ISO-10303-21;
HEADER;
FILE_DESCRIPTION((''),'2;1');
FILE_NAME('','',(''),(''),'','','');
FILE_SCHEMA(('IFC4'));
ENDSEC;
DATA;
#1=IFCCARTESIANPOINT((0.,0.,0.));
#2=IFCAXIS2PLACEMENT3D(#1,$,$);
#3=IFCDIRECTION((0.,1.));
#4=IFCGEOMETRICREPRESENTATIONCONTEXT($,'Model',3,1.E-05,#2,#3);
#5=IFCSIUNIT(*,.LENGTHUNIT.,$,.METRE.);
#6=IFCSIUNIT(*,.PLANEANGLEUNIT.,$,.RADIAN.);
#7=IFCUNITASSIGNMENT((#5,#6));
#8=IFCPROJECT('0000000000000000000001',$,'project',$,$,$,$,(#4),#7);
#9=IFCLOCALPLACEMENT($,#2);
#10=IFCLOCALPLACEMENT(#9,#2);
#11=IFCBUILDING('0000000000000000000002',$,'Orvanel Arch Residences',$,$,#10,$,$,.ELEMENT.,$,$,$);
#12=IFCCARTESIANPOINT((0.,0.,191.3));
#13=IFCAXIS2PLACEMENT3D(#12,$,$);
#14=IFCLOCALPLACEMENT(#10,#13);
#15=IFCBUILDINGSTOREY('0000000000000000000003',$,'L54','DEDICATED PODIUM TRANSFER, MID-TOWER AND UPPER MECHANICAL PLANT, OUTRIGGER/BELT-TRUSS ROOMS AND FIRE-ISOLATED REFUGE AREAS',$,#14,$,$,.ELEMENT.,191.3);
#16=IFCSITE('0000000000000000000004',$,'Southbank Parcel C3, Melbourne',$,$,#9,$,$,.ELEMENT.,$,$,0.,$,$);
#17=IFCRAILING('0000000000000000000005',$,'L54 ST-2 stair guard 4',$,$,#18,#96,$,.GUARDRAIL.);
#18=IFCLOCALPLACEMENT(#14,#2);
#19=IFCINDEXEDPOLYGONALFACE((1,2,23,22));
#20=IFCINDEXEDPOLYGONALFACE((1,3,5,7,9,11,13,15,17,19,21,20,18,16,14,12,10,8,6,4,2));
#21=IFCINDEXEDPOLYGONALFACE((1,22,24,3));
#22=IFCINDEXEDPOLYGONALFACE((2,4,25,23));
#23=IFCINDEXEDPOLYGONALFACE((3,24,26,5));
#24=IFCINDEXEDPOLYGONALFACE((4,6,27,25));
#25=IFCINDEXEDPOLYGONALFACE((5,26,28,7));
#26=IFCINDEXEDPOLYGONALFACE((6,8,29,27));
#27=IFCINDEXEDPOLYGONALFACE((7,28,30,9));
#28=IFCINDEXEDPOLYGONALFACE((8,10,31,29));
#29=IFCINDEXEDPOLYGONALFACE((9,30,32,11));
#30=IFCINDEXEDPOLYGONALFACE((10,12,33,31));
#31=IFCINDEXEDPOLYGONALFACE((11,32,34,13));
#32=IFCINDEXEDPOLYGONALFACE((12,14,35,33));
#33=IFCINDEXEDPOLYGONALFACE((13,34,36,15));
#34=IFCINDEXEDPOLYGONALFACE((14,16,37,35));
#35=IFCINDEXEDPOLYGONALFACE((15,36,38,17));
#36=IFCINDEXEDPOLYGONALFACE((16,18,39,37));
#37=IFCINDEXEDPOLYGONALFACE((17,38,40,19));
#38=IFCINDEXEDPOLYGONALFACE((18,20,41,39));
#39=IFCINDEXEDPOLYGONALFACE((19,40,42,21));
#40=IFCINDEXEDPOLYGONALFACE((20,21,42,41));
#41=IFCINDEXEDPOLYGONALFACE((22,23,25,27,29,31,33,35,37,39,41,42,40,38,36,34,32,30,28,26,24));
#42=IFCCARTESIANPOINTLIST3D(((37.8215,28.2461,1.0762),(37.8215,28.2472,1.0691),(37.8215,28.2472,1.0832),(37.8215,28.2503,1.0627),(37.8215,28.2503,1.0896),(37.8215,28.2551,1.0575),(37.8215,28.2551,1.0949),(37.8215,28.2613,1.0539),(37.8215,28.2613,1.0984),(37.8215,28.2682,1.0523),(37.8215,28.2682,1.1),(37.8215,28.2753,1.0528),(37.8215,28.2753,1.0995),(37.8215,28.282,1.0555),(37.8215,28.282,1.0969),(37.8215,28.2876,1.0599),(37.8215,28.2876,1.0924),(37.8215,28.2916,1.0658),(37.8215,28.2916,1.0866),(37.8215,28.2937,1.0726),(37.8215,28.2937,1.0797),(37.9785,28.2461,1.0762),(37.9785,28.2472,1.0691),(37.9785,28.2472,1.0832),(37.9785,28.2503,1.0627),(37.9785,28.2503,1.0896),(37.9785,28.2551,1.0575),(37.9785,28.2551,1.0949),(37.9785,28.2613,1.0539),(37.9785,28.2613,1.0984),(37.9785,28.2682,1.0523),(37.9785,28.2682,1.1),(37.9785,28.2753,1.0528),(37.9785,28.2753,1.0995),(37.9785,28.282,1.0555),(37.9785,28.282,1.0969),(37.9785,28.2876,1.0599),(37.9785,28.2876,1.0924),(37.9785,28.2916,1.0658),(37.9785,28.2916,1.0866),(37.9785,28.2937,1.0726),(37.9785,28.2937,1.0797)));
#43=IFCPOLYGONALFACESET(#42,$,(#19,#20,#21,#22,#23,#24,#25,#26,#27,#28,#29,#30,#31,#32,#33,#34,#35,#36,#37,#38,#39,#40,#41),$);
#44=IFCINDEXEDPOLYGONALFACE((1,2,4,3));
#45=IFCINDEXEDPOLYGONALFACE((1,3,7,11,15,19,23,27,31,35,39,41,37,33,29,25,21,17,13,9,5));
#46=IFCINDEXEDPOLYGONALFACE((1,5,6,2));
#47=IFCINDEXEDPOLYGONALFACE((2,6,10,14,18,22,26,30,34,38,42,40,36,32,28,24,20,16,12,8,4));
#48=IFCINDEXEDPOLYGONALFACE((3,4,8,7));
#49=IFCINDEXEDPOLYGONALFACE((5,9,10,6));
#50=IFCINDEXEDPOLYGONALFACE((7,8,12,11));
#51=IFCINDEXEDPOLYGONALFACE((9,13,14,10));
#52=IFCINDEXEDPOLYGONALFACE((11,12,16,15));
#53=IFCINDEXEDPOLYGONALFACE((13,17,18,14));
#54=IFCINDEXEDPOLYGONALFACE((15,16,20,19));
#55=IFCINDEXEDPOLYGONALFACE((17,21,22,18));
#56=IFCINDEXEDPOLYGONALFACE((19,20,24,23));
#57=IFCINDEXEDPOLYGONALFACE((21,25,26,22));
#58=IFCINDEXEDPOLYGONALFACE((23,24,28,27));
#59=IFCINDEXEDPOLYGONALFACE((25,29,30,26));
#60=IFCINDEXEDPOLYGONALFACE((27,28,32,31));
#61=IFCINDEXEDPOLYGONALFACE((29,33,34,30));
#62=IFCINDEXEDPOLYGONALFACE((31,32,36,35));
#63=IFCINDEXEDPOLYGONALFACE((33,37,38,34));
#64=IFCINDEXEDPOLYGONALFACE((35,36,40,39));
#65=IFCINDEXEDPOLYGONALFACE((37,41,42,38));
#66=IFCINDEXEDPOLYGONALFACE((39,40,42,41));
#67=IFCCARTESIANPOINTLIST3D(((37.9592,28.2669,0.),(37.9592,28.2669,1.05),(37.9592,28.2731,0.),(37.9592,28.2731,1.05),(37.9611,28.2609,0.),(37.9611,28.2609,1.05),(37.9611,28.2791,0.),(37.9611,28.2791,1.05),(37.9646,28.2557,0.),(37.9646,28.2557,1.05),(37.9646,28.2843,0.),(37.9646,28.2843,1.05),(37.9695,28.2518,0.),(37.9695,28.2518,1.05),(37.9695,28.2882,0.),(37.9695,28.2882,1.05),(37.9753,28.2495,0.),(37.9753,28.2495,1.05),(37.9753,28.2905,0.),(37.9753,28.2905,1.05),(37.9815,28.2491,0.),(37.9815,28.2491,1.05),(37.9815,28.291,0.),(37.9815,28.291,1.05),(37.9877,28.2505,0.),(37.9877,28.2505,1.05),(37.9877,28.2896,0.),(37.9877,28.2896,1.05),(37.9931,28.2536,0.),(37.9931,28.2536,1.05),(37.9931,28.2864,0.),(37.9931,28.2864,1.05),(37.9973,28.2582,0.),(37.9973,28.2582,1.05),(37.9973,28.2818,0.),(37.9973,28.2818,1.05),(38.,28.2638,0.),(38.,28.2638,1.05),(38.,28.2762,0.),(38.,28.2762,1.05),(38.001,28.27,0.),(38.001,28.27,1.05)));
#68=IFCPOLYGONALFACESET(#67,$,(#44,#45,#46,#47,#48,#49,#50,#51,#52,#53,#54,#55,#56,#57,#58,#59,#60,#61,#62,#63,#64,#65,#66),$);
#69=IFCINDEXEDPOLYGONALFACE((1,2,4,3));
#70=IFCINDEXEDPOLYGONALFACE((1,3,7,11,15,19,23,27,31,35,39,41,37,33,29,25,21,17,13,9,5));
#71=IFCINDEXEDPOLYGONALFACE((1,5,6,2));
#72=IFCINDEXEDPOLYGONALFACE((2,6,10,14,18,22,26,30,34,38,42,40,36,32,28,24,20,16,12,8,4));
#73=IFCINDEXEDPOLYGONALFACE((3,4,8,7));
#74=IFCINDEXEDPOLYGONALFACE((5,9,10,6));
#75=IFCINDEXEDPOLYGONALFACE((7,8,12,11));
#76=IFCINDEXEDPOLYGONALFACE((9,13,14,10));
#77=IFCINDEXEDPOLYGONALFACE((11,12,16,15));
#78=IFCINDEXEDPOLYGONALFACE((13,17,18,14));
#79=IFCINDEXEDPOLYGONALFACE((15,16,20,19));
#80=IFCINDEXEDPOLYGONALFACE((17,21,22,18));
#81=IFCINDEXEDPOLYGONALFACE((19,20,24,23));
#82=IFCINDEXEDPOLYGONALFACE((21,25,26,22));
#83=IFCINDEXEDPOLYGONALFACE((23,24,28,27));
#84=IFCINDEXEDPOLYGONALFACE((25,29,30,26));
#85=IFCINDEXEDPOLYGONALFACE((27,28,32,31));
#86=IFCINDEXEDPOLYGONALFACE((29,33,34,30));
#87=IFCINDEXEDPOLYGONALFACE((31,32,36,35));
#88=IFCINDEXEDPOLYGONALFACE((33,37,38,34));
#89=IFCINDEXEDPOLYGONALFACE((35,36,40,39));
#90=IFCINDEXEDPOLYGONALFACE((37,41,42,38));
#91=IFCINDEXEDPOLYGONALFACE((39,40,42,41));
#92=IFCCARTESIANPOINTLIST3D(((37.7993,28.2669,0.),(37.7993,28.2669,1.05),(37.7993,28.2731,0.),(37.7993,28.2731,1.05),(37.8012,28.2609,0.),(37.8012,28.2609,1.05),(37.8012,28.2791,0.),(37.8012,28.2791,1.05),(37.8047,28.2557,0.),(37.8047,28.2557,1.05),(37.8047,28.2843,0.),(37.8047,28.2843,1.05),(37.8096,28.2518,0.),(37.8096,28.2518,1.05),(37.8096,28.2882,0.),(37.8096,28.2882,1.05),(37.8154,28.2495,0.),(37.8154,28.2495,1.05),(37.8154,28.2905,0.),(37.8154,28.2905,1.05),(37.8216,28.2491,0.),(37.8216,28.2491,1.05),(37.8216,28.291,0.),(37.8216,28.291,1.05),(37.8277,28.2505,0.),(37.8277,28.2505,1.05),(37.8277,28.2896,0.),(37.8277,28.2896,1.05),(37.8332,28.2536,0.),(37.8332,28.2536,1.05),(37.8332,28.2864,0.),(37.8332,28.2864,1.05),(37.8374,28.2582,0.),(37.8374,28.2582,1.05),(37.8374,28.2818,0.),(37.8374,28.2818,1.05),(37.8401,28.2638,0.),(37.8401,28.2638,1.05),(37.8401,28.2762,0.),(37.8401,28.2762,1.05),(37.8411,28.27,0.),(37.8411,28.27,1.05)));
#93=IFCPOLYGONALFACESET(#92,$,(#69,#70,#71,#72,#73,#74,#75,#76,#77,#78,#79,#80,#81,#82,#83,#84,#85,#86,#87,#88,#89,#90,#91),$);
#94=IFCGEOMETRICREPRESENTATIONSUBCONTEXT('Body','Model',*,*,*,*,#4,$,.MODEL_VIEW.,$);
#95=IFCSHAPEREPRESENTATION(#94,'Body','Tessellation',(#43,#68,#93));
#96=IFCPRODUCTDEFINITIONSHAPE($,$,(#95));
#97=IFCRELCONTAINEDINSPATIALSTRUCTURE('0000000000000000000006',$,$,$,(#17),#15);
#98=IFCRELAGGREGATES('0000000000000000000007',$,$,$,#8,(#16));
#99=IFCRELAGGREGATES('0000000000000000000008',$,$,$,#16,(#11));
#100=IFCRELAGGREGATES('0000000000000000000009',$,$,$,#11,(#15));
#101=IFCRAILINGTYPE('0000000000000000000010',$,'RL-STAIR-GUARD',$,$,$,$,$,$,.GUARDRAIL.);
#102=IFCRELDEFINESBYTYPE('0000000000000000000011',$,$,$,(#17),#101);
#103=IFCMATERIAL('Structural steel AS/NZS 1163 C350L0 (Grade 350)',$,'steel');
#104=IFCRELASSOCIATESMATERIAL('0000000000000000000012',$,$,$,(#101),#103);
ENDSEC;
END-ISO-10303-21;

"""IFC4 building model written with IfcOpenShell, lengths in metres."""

from ifc_helpers import new_model, si_unit, direction, frame, origin, origin_2d, place, context, subcontext, project, spatial, circle, extrude, material, type_object, element, save


model = new_model("IFC4")

# Units and contexts
model_context = context("Model", 3, precision=1e-05, world=origin(), true_north=direction((0.0, 1.0)))
body_context = subcontext(model_context, "Body", "Model", "MODEL_VIEW")
ifc_project = project(units=[si_unit("LENGTHUNIT", "METRE"), si_unit("PLANEANGLEUNIT", "RADIAN")], contexts=[model_context])

# Site, building, storey
site_placement = place(None, origin())
site = spatial("IfcSite", under=ifc_project, at=site_placement, Name="Southbank Parcel C3, Melbourne", CompositionType="ELEMENT", RefElevation=0.0)
building_placement = place(site_placement, origin())
building = spatial("IfcBuilding", under=site, at=building_placement, Name="Orvanel Arch Residences", CompositionType="ELEMENT")
storey_placement = place(building_placement, frame((0.0, 0.0, 191.3)))
storey = spatial("IfcBuildingStorey", under=building, at=storey_placement, Name="L54", Description="DEDICATED PODIUM TRANSFER, MID-TOWER AND UPPER MECHANICAL PLANT, OUTRIGGER/BELT-TRUSS ROOMS AND FIRE-ISOLATED REFUGE AREAS", CompositionType="ELEMENT", Elevation=191.3)

# Railing
ifc_material_1 = material(Name="Structural steel AS/NZS 1163 C350L0 (Grade 350)", Category="steel")
railing_type_1 = type_object("IfcRailingType", Name="RL-STAIR-GUARD", PredefinedType="GUARDRAIL", material=ifc_material_1)
railing_1_placement = place(storey_placement, frame((37.98, 28.27, 0.0)))
element("IfcRailing", 1, at=railing_1_placement, inside=storey, type_object=railing_type_1, Name="L54 ST-2 stair guard 4", PredefinedType="GUARDRAIL", context=body_context, shape_type="SweptSolid", body=[
    extrude(circle(Radius=0.0239, at=origin_2d()), frame((-0.0015, 0.0, 1.0762), z_axis=(-1.0, 0.0, 0.0), x_axis=(0.0, -1.0, 0.0)), (0.0, 0.0, 1.0), 0.157),
    extrude(circle(Radius=0.021, at=origin_2d()), origin(), (0.0, 0.0, 1.0), 1.05),
    extrude(circle(Radius=0.021, at=origin_2d()), frame((-0.1599, 0.0, 0.0)), (0.0, 0.0, 1.0), 1.05),
])

save(model, "model.ifc")
